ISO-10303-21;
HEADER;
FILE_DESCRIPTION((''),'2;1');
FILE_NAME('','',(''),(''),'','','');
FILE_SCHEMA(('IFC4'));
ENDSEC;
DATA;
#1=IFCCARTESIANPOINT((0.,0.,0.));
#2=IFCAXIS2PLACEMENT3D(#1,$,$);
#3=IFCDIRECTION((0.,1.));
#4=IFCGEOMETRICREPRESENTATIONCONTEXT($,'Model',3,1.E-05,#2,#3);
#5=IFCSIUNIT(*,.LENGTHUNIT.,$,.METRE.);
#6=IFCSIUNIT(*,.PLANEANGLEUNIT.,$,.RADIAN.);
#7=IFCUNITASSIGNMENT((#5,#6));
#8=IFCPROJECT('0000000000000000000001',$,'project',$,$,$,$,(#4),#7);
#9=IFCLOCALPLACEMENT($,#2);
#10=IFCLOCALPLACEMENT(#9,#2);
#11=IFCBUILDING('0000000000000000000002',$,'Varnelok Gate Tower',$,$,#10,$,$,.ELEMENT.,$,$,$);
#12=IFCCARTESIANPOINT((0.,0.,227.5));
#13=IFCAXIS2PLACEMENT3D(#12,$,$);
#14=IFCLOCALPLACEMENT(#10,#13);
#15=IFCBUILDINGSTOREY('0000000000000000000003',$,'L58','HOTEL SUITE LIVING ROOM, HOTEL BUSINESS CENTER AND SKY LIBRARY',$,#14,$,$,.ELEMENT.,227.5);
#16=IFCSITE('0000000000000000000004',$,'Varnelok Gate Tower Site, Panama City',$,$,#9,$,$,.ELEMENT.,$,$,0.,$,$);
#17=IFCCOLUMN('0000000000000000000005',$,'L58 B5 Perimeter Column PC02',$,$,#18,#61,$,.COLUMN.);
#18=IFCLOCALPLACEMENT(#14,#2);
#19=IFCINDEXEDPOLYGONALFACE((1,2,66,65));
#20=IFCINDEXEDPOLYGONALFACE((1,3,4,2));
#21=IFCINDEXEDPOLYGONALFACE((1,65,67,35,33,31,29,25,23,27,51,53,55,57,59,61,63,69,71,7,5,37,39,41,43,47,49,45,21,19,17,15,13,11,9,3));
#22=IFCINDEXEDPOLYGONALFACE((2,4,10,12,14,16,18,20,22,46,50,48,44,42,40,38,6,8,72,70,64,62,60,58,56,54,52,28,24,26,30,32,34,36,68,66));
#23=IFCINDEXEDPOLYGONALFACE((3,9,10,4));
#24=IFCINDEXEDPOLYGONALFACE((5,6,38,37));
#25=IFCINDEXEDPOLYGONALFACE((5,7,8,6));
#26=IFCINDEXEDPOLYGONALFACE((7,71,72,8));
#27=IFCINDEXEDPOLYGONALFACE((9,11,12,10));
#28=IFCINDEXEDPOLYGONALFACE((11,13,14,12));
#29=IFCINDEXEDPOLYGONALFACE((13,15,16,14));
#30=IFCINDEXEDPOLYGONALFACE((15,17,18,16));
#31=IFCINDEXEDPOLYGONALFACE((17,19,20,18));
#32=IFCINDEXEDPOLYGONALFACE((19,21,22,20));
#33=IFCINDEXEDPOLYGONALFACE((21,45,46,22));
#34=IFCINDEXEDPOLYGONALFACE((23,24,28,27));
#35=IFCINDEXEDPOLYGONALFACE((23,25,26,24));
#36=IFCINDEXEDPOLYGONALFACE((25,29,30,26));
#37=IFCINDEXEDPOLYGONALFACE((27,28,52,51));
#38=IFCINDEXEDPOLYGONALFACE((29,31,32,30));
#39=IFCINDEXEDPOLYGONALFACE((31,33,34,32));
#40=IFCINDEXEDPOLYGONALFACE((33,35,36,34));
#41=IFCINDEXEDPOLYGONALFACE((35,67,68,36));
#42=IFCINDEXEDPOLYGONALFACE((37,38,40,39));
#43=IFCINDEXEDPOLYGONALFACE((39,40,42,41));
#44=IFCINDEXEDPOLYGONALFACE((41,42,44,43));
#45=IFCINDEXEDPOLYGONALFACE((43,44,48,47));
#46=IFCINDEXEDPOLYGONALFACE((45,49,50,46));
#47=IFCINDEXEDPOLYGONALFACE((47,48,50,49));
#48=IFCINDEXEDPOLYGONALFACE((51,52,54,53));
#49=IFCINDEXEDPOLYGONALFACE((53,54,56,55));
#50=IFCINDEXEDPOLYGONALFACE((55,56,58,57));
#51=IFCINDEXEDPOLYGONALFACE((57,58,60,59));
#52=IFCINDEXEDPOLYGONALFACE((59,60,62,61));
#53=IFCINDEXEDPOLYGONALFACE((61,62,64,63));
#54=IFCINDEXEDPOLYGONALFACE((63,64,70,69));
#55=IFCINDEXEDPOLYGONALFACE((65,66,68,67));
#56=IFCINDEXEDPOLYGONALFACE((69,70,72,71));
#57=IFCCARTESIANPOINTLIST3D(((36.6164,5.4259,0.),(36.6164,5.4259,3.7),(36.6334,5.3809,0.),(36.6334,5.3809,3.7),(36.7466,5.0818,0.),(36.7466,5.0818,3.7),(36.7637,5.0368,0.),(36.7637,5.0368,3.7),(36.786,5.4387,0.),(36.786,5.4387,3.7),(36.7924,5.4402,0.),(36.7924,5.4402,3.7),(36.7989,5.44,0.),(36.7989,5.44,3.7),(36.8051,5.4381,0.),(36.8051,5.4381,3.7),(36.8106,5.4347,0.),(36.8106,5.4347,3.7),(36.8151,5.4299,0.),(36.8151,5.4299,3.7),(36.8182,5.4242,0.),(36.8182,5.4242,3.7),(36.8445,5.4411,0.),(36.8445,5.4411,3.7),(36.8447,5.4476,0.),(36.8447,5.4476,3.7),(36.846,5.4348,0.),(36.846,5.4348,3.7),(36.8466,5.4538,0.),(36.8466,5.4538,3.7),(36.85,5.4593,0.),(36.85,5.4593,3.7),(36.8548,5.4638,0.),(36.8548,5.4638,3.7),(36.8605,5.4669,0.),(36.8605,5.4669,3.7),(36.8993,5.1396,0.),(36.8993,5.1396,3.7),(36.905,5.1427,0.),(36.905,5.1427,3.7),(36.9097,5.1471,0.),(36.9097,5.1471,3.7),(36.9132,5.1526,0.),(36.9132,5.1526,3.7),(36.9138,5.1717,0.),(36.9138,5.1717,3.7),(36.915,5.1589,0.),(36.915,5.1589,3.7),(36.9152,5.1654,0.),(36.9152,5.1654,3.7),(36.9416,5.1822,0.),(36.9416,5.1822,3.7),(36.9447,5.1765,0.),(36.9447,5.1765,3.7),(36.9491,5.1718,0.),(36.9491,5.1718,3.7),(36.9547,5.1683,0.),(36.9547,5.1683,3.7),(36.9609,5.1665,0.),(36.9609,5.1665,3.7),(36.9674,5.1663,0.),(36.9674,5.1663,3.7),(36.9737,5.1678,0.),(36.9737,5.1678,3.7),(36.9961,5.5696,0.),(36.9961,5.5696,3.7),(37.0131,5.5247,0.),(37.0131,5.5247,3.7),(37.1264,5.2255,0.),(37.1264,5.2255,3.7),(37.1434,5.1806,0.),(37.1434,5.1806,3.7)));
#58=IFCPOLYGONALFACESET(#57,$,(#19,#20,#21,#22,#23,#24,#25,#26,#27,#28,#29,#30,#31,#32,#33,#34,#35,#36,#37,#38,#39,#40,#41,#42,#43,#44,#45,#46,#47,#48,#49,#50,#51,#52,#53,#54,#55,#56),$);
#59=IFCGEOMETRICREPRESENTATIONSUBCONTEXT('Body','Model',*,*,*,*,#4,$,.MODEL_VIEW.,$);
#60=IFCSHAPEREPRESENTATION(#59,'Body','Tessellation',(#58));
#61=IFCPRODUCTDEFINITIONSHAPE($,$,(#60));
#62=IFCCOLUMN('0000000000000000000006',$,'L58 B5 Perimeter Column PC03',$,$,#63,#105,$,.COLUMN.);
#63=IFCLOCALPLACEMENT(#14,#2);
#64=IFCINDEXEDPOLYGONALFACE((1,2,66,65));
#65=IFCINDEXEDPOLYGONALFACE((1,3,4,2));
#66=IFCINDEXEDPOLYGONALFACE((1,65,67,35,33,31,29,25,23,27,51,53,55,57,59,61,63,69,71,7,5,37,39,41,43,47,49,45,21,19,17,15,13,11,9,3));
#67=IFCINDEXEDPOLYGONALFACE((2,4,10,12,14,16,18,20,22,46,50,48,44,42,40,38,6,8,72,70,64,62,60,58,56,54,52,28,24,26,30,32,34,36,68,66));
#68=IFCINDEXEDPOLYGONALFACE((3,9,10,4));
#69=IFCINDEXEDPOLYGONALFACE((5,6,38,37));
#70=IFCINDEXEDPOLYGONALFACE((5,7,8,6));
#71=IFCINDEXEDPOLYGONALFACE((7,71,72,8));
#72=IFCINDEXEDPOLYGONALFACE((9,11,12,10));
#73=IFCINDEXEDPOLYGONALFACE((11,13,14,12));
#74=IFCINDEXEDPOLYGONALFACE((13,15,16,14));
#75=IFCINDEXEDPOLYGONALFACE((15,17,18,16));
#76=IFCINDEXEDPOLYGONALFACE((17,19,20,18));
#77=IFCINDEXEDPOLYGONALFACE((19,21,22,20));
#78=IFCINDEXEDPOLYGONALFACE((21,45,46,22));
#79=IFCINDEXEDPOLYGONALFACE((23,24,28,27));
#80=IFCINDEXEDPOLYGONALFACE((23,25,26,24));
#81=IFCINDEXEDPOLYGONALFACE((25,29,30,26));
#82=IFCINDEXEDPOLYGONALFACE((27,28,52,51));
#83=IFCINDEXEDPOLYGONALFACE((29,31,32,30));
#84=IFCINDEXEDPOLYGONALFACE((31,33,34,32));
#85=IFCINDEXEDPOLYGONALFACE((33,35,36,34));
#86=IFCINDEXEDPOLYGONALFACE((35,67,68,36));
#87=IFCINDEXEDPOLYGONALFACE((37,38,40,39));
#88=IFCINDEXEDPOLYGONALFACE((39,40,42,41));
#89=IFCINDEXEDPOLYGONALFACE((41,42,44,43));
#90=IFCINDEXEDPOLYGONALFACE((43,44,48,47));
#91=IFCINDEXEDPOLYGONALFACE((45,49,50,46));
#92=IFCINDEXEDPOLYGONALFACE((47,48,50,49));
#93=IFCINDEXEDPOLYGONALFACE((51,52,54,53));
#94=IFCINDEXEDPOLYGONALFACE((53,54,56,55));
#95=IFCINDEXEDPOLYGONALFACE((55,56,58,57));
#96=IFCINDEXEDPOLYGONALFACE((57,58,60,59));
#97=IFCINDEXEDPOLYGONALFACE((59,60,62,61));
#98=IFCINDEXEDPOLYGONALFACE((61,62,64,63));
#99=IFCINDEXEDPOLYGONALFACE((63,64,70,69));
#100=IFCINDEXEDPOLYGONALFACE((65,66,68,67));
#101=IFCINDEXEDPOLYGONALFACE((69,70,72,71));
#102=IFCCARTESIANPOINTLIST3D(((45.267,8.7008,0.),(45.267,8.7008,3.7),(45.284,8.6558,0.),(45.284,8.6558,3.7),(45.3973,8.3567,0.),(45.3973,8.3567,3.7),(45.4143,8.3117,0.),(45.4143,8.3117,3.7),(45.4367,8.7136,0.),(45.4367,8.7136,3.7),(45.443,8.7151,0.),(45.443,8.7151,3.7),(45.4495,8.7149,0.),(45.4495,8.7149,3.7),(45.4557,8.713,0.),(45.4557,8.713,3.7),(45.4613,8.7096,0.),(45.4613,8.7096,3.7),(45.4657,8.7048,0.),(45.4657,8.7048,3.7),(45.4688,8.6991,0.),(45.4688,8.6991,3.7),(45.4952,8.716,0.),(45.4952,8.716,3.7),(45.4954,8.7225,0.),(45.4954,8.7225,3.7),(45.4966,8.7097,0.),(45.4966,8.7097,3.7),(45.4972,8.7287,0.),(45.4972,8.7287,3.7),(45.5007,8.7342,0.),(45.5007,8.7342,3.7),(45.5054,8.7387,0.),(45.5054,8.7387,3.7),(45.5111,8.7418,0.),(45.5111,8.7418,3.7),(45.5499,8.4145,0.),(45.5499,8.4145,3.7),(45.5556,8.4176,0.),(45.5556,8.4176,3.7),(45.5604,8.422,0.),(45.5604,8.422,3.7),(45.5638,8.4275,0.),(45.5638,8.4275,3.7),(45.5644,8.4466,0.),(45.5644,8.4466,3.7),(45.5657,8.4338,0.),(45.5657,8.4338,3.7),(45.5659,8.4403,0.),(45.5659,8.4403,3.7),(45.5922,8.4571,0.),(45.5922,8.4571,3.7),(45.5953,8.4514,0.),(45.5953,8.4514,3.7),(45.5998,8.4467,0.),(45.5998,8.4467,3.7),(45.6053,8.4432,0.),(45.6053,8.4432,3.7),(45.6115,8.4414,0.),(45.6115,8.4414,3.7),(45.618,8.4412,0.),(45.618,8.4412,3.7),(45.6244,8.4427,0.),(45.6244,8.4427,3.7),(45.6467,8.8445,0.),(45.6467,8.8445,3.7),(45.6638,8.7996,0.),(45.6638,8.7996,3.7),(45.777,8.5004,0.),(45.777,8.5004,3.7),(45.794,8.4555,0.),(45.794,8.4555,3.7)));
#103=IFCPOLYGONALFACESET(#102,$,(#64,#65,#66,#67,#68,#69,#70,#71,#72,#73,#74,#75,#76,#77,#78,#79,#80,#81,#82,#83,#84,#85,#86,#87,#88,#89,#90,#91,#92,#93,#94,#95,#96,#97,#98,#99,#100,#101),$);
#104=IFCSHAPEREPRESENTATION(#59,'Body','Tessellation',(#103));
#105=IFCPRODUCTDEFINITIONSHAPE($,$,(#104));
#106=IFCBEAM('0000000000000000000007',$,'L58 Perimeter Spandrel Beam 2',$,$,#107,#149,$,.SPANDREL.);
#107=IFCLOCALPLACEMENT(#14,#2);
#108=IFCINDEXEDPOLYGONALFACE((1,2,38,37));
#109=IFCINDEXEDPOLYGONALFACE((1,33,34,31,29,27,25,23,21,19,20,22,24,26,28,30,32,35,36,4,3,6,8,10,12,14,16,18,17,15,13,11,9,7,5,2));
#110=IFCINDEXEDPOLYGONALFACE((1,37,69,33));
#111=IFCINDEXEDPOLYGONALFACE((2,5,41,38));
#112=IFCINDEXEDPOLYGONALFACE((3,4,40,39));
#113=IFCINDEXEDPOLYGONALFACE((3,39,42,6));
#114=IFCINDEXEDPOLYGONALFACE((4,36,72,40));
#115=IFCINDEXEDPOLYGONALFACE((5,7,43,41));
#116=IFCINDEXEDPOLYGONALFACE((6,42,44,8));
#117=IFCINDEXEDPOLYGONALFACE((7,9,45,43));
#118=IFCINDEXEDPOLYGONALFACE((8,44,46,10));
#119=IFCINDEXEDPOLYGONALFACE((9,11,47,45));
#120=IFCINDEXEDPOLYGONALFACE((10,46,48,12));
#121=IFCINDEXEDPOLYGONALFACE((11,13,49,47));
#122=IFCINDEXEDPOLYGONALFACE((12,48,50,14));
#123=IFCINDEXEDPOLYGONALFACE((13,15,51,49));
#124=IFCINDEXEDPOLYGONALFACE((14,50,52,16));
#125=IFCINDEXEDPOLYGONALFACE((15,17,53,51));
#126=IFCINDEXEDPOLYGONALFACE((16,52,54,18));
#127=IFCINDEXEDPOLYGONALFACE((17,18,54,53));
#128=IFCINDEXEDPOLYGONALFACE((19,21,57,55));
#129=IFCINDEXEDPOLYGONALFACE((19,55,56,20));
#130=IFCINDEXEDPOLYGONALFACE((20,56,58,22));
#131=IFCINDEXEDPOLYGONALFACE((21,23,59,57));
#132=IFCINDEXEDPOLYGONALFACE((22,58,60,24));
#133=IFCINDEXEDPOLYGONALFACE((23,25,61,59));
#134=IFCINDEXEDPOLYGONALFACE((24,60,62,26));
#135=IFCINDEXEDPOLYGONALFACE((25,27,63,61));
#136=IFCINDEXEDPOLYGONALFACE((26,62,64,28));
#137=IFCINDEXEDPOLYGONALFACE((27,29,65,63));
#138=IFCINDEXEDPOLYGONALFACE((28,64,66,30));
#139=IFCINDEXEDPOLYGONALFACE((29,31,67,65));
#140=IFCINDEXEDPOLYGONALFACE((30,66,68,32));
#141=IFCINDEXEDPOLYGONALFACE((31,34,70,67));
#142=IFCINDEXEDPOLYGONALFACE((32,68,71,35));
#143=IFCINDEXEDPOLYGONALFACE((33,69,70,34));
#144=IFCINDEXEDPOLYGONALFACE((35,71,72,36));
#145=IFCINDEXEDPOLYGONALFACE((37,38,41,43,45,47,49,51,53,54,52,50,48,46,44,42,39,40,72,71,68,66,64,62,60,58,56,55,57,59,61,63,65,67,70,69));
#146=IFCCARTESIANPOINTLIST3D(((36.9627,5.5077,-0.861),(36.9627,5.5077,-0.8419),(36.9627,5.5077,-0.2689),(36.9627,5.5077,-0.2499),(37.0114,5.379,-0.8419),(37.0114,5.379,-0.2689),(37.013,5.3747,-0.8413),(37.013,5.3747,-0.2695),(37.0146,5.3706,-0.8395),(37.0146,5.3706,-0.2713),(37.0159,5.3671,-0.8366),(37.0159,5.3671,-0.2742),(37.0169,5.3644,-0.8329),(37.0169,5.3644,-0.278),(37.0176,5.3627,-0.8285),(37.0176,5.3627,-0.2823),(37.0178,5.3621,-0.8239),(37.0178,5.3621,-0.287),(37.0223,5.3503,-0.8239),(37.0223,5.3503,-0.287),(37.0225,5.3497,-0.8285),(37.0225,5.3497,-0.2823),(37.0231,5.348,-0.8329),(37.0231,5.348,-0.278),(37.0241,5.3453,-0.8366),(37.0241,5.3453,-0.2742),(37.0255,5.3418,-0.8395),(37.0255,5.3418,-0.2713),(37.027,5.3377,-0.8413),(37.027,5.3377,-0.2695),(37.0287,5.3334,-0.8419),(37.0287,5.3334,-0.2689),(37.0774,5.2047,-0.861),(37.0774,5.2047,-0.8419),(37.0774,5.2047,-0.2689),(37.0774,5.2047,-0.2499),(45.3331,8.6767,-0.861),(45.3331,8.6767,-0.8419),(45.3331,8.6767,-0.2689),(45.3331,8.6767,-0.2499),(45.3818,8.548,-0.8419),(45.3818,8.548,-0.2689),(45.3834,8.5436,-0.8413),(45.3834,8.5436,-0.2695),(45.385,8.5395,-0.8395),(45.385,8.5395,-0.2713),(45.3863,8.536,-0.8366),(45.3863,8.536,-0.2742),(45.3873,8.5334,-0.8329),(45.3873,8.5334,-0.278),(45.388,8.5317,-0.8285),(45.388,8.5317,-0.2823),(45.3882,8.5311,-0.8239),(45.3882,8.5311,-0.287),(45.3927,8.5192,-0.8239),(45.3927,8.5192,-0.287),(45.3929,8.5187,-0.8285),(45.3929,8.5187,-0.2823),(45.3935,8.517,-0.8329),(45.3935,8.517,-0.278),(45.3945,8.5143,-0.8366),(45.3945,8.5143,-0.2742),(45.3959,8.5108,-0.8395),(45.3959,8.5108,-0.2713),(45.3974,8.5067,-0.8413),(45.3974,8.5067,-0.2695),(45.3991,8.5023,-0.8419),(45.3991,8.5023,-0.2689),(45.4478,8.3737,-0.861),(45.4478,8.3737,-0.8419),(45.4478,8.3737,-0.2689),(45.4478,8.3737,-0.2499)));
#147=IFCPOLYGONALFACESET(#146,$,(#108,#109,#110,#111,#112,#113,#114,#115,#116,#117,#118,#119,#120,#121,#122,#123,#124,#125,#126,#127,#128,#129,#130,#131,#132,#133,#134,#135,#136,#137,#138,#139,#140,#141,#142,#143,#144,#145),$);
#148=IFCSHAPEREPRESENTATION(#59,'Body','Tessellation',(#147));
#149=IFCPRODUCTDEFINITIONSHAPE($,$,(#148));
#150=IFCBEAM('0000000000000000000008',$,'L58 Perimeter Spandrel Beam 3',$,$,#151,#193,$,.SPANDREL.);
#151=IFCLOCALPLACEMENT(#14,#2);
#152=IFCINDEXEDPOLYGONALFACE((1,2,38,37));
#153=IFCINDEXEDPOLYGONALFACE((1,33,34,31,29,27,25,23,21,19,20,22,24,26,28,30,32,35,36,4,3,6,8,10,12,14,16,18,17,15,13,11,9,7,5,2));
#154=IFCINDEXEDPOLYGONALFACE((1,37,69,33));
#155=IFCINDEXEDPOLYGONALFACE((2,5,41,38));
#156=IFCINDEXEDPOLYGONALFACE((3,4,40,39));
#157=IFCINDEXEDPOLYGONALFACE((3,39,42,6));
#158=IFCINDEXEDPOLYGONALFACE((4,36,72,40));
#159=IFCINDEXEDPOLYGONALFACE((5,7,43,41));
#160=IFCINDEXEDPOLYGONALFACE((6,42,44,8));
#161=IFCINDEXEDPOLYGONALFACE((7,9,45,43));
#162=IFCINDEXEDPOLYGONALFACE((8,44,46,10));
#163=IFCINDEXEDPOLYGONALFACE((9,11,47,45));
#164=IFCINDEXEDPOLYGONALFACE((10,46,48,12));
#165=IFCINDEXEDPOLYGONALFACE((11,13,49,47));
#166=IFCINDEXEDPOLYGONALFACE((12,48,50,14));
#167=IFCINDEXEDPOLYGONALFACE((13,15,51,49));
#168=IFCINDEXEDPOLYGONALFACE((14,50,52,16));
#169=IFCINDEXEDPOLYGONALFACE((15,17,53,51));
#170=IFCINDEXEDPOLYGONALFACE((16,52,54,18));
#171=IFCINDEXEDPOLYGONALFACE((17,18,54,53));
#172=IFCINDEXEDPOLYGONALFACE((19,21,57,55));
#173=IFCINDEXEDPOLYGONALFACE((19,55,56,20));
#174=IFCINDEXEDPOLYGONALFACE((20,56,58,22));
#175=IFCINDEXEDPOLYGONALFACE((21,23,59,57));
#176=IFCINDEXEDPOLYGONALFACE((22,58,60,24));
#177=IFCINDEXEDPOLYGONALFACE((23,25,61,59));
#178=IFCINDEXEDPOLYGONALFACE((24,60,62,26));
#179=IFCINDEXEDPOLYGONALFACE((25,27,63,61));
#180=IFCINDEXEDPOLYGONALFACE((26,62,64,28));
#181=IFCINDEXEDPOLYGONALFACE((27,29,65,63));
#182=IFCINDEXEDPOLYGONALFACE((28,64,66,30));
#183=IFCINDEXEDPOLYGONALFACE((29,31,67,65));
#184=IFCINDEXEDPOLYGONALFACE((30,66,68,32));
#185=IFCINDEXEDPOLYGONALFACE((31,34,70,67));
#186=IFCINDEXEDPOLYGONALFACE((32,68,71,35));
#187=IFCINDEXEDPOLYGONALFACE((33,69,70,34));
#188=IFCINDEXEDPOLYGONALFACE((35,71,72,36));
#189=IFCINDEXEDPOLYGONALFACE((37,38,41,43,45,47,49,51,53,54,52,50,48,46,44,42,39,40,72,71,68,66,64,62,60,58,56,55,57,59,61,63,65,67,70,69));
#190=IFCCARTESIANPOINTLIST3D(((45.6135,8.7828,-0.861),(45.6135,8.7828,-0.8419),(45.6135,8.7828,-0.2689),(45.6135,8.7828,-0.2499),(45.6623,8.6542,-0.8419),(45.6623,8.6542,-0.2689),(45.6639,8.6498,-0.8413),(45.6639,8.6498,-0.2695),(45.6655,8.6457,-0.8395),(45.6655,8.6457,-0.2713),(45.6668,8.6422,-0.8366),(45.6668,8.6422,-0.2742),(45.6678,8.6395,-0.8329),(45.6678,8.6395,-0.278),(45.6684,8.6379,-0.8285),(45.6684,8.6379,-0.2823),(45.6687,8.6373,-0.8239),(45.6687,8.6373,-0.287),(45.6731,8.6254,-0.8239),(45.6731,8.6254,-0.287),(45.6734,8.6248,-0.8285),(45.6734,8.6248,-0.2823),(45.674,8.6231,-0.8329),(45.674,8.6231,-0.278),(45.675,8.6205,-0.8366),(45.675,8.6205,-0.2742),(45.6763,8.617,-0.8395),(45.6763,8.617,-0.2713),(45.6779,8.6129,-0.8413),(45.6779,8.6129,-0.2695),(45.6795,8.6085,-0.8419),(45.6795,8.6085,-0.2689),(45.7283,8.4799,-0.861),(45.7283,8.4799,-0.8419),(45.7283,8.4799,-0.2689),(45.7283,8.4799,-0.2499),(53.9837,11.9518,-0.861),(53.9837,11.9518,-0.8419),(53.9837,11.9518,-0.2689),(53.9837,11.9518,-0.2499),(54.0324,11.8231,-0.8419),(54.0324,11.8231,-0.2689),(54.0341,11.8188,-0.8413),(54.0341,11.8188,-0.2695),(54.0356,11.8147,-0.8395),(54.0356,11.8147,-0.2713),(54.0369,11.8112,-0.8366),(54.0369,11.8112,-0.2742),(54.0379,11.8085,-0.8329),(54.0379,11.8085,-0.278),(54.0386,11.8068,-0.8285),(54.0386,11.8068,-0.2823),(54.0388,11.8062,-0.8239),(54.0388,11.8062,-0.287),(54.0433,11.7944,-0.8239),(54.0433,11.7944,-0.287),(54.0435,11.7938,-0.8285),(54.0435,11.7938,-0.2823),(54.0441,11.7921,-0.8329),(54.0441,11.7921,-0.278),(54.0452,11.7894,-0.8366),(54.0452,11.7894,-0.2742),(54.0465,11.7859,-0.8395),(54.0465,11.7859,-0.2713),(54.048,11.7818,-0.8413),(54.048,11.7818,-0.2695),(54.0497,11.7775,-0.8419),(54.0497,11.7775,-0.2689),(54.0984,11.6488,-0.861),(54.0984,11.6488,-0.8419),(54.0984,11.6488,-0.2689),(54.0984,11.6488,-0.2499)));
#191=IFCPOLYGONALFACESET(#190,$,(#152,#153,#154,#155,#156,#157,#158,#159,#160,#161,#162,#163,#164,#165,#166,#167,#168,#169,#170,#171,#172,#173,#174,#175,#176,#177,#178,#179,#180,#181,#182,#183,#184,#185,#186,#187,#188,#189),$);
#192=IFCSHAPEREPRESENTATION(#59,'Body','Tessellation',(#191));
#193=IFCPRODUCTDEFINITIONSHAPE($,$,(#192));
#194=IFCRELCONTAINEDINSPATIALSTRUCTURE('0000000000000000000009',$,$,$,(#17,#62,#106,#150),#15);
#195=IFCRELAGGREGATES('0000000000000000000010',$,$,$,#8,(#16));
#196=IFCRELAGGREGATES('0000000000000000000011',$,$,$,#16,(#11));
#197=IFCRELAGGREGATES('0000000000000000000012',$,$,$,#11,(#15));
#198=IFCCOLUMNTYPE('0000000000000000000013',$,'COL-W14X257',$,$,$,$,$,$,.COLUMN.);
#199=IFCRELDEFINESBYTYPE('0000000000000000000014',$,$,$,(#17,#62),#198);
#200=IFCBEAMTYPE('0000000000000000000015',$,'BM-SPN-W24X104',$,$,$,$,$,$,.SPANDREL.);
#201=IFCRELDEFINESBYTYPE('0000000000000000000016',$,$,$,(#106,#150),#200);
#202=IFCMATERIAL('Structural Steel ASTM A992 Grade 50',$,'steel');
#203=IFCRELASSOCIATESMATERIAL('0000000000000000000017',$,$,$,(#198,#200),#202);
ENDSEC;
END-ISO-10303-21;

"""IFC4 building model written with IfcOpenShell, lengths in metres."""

from ifc_helpers import new_model, si_unit, direction, frame, origin, origin_2d, place, context, subcontext, project, spatial, i_section, extrude, material, material_profile, profile_set, type_object, element, save


model = new_model("IFC4")

# Units and contexts
model_context = context("Model", 3, precision=1e-05, world=origin(), true_north=direction((0.0, 1.0)))
body_context = subcontext(model_context, "Body", "Model", "MODEL_VIEW")
ifc_project = project(units=[si_unit("LENGTHUNIT", "METRE"), si_unit("PLANEANGLEUNIT", "RADIAN")], contexts=[model_context])

# Site, building, storey
site_placement = place(None, origin())
site = spatial("IfcSite", under=ifc_project, at=site_placement, Name="Varnelok Gate Tower Site, Panama City", CompositionType="ELEMENT", RefElevation=0.0)
building_placement = place(site_placement, origin())
building = spatial("IfcBuilding", under=site, at=building_placement, Name="Varnelok Gate Tower", CompositionType="ELEMENT")
storey_placement = place(building_placement, frame((0.0, 0.0, 227.5)))
storey = spatial("IfcBuildingStorey", under=building, at=storey_placement, Name="L58", Description="HOTEL SUITE LIVING ROOM, HOTEL BUSINESS CENTER AND SKY LIBRARY", CompositionType="ELEMENT", Elevation=227.5)

# Columns
ifc_material_1 = material(Name="Structural Steel ASTM A992 Grade 50", Category="steel")
ifc_material_profile_1 = material_profile(ifc_material_1, i_section(OverallWidth=0.406, OverallDepth=0.416, WebThickness=0.0298, FlangeThickness=0.0481, FilletRadius=0.0249, at=origin_2d()), Name="W14X257")
ifc_profile_set_1 = profile_set([ifc_material_profile_1], Name="Structural Steel ASTM A992 Grade 50")
column_type = type_object("IfcColumnType", Name="COL-W14X257", PredefinedType="COLUMN", material=ifc_profile_set_1)
for number, where, z_axis, x_axis, name in (
    (1, (36.8799, 5.3032, 0.0), (0.0, 0.0, 1.0), (0.935222, 0.354063, 0.0), "L58 B5 Perimeter Column PC02"),
    (2, (45.5305, 8.5781, 0.0), (0.0, 0.0, 1.0), (0.935222, 0.354063, 0.0), "L58 B5 Perimeter Column PC03"),
):
    element("IfcColumn", number, at=place(storey_placement, frame(where, z_axis=z_axis, x_axis=x_axis)), inside=storey, type_object=column_type, Name=name, PredefinedType="COLUMN", context=body_context, shape_type="SweptSolid", body=[
        extrude(i_section(OverallWidth=0.406, OverallDepth=0.416, WebThickness=0.0298, FlangeThickness=0.0481, FilletRadius=0.0249, at=origin_2d()), origin(), (0.0, 0.0, 1.0), 3.7),
    ])

# Beams
ifc_material_profile_2 = material_profile(ifc_material_1, i_section(OverallWidth=0.324, OverallDepth=0.6111, WebThickness=0.0127, FlangeThickness=0.019, FilletRadius=0.0181, at=origin_2d()), Name="W24X104")
ifc_profile_set_2 = profile_set([ifc_material_profile_2], Name="Structural Steel ASTM A992 Grade 50")
beam_type = type_object("IfcBeamType", Name="BM-SPN-W24X104", PredefinedType="SPANDREL", material=ifc_profile_set_2)
beam_1_placement = place(storey_placement, frame((37.02, 5.3562, -0.5554), z_axis=(0.93522, 0.354066, 0.0), x_axis=(-0.354066, 0.93522, 0.0)))
element("IfcBeam", 3, at=beam_1_placement, inside=storey, type_object=beam_type, Name="L58 Perimeter Spandrel Beam 2", PredefinedType="SPANDREL", context=body_context, shape_type="SweptSolid", body=[
    extrude(i_section(OverallWidth=0.324, OverallDepth=0.6111, WebThickness=0.0127, FlangeThickness=0.019, FilletRadius=0.0181, at=origin_2d()), origin(), (0.0, 0.0, 1.0), 8.9502),
])
beam_2_placement = place(storey_placement, frame((45.6709, 8.6313, -0.5554), z_axis=(0.935217, 0.354075, 0.0), x_axis=(-0.354075, 0.935217, 0.0)))
element("IfcBeam", 4, at=beam_2_placement, inside=storey, type_object=beam_type, Name="L58 Perimeter Spandrel Beam 3", PredefinedType="SPANDREL", context=body_context, shape_type="SweptSolid", body=[
    extrude(i_section(OverallWidth=0.324, OverallDepth=0.6111, WebThickness=0.0127, FlangeThickness=0.019, FilletRadius=0.0181, at=origin_2d()), origin(), (0.0, 0.0, 1.0), 8.95),
])

save(model, "model.ifc")
